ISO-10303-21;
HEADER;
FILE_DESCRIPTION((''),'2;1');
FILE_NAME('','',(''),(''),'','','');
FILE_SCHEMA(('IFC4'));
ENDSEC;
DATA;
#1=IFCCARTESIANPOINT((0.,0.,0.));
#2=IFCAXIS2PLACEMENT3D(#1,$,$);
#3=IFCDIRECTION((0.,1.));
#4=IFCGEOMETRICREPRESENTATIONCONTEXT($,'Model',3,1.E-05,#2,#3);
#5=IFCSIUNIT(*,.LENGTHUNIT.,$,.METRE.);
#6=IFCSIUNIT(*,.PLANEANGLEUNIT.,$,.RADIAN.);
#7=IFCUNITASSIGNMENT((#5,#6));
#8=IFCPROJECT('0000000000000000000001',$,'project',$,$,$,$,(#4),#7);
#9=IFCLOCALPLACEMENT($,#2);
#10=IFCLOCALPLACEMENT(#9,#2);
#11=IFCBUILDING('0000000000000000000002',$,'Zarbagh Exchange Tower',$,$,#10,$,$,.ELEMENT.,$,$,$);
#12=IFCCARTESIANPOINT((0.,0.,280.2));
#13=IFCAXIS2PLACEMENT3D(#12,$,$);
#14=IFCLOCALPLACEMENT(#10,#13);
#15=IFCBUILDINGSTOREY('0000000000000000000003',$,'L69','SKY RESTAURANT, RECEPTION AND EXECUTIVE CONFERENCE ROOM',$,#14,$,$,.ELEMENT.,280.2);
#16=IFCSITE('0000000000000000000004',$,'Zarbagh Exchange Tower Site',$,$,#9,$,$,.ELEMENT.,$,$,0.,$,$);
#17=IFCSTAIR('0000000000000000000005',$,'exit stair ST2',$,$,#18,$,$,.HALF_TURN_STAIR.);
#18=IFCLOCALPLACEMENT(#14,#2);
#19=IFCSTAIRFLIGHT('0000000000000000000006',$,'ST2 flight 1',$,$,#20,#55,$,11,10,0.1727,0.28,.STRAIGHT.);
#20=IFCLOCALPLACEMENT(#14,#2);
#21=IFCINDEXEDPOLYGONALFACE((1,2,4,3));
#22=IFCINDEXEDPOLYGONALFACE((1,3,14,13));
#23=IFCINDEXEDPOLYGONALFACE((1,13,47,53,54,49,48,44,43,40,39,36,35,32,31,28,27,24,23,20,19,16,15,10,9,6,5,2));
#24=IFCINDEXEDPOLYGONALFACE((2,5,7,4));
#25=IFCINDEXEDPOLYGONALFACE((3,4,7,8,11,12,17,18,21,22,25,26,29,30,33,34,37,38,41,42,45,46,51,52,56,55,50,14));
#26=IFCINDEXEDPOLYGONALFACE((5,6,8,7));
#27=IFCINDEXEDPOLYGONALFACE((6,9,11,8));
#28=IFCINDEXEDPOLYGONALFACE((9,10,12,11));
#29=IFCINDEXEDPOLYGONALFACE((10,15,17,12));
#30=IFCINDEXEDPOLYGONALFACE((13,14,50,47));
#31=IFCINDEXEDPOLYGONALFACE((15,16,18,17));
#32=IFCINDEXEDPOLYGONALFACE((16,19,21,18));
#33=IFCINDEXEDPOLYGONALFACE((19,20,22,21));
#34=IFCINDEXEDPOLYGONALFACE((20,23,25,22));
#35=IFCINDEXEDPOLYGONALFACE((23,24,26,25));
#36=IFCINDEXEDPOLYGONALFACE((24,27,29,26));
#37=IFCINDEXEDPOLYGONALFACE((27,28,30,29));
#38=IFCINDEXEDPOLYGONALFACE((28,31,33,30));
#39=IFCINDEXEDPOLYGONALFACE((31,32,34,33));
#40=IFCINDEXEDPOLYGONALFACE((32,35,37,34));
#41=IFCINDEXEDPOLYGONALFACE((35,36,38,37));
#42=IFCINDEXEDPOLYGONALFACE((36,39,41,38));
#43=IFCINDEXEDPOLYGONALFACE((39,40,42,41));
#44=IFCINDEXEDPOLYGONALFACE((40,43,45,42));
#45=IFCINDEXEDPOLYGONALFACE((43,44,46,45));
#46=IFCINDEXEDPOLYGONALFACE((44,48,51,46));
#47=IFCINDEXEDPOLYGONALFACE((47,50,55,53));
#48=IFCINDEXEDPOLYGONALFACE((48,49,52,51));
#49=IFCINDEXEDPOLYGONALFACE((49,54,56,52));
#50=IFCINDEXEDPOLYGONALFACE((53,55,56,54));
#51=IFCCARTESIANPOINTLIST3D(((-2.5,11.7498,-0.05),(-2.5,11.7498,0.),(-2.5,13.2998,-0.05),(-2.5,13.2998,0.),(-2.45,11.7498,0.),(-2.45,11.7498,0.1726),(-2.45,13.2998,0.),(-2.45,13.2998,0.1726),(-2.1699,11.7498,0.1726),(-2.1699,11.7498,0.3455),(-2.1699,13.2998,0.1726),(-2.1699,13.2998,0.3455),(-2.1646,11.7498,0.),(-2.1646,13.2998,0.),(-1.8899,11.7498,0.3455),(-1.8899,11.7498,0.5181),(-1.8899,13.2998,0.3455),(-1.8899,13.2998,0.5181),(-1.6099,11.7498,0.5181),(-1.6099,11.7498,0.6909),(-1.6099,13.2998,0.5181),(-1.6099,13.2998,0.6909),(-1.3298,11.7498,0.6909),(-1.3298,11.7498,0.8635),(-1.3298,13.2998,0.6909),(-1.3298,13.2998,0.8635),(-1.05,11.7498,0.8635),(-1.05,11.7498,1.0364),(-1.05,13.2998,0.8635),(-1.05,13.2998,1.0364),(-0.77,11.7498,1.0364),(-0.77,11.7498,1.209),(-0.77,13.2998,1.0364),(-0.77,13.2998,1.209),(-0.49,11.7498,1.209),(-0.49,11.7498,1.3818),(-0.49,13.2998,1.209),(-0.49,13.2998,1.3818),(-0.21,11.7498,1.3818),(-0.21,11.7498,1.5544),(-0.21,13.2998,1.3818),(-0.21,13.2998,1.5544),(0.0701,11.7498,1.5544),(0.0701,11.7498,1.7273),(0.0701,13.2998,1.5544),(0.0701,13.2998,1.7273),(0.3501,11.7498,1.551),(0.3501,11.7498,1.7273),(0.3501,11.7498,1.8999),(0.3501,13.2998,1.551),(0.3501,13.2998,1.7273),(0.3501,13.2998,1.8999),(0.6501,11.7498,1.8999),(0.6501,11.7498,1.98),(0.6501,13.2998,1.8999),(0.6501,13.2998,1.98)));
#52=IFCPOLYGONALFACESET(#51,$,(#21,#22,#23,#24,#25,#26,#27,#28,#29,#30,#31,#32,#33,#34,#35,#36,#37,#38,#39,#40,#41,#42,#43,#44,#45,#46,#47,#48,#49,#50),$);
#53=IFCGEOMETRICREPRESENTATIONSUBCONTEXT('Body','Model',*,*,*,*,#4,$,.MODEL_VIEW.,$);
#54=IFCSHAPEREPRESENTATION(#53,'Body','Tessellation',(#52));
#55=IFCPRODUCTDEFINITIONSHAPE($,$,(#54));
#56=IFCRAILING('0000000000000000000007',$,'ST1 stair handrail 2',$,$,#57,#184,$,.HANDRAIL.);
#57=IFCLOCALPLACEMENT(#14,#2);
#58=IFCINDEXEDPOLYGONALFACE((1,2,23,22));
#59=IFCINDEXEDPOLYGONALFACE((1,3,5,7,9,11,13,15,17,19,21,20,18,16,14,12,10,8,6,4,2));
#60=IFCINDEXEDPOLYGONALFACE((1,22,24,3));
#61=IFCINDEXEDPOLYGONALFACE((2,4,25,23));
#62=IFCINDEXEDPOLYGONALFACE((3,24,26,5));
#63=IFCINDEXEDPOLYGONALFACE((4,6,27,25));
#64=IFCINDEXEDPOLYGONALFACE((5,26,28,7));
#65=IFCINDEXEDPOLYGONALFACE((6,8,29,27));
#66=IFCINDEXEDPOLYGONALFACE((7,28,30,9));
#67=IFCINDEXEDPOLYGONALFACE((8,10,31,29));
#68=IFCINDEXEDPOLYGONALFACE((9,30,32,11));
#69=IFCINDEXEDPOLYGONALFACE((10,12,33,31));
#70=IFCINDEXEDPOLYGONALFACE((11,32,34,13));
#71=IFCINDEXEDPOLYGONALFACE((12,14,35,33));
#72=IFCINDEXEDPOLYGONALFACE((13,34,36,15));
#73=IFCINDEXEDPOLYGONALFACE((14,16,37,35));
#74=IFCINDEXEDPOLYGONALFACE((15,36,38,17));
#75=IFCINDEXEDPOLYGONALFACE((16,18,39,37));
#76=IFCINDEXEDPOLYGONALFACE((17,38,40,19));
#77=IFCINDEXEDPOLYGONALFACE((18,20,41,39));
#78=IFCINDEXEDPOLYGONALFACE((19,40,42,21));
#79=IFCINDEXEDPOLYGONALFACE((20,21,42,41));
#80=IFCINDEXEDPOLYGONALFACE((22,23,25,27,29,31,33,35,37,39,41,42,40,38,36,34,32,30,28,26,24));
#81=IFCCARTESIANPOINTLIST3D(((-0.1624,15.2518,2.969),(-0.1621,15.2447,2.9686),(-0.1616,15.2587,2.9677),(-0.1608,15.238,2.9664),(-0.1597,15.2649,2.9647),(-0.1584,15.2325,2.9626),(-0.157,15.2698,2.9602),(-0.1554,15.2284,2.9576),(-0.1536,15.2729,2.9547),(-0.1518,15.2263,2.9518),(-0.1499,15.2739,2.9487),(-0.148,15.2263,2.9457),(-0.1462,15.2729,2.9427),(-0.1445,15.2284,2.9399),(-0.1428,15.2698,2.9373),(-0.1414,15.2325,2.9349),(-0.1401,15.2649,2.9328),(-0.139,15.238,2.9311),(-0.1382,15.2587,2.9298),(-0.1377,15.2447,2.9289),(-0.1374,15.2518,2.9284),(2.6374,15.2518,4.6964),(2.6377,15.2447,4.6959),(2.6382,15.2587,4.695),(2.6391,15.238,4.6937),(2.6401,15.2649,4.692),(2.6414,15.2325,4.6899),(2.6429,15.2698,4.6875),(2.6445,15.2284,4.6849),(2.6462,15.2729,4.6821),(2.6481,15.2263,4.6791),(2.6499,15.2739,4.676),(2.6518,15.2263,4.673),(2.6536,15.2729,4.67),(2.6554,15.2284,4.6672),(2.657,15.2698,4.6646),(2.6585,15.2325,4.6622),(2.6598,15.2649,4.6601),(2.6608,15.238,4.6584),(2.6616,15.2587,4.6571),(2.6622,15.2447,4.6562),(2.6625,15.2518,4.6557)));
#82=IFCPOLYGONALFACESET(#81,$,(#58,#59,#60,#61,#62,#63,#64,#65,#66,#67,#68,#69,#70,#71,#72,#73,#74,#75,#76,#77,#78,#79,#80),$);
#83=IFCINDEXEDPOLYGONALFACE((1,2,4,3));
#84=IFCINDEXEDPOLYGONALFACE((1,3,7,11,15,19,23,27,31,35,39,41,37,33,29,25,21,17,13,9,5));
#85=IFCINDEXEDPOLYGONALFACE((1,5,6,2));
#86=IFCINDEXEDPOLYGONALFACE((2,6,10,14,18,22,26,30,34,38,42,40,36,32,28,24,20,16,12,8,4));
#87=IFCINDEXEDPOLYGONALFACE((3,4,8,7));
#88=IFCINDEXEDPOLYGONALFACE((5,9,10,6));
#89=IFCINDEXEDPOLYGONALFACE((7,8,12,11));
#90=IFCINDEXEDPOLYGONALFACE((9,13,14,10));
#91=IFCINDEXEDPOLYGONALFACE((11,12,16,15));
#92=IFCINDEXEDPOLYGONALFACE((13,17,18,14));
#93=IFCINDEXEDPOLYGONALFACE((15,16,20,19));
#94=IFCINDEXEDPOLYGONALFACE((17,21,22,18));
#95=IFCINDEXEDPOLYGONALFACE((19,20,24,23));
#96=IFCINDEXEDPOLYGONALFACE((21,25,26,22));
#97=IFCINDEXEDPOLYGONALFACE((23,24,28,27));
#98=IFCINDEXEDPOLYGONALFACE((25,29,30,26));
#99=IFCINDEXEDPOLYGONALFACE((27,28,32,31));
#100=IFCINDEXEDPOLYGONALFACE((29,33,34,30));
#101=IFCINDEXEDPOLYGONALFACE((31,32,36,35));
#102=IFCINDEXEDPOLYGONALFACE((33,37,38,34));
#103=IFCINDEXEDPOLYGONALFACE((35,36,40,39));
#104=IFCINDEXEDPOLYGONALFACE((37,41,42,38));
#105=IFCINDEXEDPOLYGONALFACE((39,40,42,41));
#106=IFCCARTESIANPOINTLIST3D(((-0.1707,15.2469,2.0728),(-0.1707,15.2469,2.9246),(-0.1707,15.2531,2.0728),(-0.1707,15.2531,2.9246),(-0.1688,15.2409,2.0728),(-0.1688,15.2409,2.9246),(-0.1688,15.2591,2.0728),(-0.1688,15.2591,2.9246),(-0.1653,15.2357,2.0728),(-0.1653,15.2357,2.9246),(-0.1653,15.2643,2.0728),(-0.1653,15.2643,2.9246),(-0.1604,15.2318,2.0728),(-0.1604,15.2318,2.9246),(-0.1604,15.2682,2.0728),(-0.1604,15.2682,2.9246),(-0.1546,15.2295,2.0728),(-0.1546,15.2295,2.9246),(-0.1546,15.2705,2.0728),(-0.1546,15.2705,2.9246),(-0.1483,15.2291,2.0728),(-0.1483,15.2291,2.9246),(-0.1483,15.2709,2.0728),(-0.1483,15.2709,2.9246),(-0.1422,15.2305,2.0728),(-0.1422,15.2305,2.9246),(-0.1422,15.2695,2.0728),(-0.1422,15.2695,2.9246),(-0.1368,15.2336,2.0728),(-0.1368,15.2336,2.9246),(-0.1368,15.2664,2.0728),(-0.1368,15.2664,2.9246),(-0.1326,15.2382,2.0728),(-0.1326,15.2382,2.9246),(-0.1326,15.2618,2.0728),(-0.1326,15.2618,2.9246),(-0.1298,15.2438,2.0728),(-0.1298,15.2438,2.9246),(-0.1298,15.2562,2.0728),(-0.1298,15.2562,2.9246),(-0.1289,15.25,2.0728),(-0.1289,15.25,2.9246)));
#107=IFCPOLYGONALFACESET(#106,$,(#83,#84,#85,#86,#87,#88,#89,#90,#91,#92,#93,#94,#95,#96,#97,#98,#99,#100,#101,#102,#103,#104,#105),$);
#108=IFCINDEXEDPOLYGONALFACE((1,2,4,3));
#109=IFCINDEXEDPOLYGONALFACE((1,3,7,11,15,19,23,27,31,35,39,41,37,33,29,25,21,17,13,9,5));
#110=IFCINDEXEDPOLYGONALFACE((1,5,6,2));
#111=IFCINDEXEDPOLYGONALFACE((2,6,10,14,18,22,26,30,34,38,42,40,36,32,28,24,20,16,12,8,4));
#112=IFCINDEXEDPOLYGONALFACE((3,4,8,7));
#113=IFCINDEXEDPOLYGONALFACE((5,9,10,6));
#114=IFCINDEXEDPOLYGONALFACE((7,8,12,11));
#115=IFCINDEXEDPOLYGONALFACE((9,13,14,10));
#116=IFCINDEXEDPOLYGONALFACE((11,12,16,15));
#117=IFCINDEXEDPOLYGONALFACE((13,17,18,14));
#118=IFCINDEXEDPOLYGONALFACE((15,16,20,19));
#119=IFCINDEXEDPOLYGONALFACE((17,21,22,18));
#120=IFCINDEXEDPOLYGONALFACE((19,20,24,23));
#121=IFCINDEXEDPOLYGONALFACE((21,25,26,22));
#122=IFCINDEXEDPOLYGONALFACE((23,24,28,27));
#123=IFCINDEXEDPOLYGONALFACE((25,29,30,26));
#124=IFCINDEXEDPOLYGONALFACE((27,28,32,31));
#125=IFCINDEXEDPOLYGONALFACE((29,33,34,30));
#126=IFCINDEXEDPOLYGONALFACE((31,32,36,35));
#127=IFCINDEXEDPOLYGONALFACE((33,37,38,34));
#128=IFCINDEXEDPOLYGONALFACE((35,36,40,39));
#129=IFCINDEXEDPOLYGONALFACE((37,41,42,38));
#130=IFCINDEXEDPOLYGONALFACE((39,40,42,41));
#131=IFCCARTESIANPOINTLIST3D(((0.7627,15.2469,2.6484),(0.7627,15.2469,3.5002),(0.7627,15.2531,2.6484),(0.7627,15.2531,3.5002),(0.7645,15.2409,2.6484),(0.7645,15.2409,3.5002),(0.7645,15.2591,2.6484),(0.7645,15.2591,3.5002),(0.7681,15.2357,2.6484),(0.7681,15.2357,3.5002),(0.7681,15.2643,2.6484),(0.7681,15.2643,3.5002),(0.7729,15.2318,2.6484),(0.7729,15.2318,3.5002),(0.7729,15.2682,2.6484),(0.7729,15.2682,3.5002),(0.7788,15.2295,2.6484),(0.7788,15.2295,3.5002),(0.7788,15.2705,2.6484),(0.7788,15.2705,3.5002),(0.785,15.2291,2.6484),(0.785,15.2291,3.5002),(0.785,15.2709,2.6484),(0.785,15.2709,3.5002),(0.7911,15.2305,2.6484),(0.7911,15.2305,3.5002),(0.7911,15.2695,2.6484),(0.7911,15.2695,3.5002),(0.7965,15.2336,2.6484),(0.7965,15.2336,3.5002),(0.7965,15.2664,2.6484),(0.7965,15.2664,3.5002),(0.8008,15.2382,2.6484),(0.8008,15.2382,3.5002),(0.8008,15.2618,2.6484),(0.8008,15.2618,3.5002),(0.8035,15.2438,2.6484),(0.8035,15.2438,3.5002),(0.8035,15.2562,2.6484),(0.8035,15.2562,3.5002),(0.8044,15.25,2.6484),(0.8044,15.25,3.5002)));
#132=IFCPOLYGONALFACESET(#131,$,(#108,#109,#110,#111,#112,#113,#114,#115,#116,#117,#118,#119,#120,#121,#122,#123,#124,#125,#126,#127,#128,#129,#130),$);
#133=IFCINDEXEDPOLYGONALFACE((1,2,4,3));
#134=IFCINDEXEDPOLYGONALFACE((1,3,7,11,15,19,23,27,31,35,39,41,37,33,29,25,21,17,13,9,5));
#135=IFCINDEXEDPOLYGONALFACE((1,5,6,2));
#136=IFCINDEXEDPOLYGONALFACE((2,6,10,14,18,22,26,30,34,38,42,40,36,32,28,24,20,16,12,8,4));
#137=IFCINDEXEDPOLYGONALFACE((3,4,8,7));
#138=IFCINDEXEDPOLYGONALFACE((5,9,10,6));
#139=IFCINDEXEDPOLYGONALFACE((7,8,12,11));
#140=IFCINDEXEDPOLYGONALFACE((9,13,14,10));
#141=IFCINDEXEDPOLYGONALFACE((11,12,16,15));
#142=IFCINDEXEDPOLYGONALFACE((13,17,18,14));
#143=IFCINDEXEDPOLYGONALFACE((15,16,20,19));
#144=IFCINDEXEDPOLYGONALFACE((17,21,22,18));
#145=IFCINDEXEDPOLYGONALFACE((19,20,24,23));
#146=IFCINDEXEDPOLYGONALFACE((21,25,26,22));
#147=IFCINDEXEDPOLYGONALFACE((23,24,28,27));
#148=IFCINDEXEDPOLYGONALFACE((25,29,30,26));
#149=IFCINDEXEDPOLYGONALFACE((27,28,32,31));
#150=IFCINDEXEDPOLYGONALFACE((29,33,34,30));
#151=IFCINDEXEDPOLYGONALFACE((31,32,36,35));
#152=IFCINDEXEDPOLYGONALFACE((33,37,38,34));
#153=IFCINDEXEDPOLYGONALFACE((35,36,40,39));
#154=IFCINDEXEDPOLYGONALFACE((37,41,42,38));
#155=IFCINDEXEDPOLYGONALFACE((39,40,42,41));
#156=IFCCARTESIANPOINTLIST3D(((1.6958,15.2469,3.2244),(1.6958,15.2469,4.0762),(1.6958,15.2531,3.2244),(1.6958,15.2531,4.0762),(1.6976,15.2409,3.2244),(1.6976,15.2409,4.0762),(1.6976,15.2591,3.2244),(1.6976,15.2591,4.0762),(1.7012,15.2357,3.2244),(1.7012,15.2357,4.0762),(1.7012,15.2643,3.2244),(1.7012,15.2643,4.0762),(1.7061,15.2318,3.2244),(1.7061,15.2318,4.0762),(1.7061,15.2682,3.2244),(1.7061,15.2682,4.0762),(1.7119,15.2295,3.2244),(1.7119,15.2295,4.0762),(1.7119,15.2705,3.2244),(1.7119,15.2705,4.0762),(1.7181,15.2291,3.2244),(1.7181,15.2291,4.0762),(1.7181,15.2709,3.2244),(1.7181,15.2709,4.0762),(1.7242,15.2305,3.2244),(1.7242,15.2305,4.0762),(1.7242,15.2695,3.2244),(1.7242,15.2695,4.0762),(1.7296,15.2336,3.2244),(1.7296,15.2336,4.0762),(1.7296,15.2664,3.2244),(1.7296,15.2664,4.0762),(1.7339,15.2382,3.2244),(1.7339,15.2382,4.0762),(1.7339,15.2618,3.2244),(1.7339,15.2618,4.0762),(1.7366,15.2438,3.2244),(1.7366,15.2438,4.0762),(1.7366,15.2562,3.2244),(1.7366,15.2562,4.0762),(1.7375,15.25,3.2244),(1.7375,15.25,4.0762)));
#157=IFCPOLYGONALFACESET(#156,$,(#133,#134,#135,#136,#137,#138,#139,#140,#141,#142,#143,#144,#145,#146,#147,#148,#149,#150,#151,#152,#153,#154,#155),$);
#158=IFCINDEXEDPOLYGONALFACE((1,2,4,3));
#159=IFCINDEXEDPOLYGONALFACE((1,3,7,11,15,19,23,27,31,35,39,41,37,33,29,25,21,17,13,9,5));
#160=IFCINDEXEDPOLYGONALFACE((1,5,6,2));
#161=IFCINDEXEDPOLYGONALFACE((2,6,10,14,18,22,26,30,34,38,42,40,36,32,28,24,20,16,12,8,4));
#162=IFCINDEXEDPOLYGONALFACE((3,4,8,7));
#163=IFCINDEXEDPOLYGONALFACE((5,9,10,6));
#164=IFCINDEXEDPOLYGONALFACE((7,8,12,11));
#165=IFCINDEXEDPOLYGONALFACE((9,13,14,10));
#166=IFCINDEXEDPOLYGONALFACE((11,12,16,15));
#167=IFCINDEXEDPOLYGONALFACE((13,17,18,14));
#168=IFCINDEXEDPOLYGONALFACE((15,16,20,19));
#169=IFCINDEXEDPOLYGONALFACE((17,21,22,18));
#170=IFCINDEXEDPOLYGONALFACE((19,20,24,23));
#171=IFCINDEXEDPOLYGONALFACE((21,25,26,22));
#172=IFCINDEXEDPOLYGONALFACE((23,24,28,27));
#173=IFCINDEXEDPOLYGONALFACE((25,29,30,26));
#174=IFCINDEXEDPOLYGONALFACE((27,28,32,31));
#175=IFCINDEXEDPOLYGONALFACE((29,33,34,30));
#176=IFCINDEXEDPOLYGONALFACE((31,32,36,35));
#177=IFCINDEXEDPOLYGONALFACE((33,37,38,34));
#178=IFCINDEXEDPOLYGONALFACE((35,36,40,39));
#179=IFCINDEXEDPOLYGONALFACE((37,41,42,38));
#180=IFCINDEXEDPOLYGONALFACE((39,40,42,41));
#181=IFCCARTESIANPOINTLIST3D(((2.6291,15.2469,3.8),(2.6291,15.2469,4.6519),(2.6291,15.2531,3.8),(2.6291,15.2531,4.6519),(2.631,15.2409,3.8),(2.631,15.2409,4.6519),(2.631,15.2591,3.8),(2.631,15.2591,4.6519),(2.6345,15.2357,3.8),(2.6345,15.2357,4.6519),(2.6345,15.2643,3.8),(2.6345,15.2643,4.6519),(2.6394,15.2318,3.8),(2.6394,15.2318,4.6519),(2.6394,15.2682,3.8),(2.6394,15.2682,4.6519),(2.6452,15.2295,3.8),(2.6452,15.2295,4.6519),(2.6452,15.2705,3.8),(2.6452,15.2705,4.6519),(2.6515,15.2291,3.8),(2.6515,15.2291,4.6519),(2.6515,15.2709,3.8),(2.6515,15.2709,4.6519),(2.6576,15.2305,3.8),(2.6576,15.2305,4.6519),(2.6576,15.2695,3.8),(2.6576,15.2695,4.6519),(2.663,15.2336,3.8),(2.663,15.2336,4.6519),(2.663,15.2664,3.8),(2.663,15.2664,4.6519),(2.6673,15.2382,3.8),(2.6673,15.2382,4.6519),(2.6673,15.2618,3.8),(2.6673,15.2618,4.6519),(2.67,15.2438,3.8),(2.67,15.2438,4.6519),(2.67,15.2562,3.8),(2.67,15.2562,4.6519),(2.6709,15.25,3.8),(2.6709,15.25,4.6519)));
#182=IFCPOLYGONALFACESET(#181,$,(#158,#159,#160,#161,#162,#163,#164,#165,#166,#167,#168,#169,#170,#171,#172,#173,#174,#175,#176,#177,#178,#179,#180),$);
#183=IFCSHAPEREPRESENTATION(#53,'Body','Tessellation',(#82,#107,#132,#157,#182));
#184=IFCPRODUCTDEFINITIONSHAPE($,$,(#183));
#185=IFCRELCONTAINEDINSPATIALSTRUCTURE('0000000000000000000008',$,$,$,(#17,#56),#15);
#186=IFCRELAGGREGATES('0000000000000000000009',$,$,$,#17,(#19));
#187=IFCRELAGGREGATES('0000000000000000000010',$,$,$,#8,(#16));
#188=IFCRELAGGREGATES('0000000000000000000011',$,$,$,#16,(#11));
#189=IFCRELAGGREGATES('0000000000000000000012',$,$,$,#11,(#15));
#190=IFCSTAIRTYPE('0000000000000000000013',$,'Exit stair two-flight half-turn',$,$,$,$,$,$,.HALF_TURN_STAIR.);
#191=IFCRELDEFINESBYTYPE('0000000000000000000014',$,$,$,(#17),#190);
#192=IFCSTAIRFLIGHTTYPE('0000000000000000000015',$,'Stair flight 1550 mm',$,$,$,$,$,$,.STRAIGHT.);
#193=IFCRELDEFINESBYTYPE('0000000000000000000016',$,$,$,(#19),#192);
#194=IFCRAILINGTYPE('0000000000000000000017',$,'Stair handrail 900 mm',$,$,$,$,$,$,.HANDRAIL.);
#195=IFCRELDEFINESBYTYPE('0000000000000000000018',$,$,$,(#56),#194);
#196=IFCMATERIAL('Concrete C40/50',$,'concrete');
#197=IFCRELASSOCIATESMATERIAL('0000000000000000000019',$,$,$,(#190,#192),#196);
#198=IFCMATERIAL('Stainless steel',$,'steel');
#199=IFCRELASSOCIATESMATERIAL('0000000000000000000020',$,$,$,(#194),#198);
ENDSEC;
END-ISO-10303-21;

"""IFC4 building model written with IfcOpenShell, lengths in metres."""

from ifc_helpers import new_model, si_unit, direction, frame, origin, origin_2d, place, context, subcontext, project, spatial, polyline, circle, outline, extrude, material, type_object, element, aggregate, save


model = new_model("IFC4")

# Units and contexts
model_context = context("Model", 3, precision=1e-05, world=origin(), true_north=direction((0.0, 1.0)))
body_context = subcontext(model_context, "Body", "Model", "MODEL_VIEW")
ifc_project = project(units=[si_unit("LENGTHUNIT", "METRE"), si_unit("PLANEANGLEUNIT", "RADIAN")], contexts=[model_context])

# Site, building, storey
site_placement = place(None, origin())
site = spatial("IfcSite", under=ifc_project, at=site_placement, Name="Zarbagh Exchange Tower Site", CompositionType="ELEMENT", RefElevation=0.0)
building_placement = place(site_placement, origin())
building = spatial("IfcBuilding", under=site, at=building_placement, Name="Zarbagh Exchange Tower", CompositionType="ELEMENT")
storey_placement = place(building_placement, frame((0.0, 0.0, 280.2)))
storey = spatial("IfcBuildingStorey", under=building, at=storey_placement, Name="L69", Description="SKY RESTAURANT, RECEPTION AND EXECUTIVE CONFERENCE ROOM", CompositionType="ELEMENT", Elevation=280.2)

# Shared definitions
ifc_material_1 = material(Name="Concrete C40/50", Category="concrete")

# Stair, stair flight
stair_type = type_object("IfcStairType", Name="Exit stair two-flight half-turn", PredefinedType="HALF_TURN_STAIR", material=ifc_material_1)
stair_placement = place(storey_placement, origin())
stair = element("IfcStair", 1, at=stair_placement, inside=storey, type_object=stair_type, Name="exit stair ST2", PredefinedType="HALF_TURN_STAIR")
stair_flight_type = type_object("IfcStairFlightType", Name="Stair flight 1550 mm", PredefinedType="STRAIGHT", material=ifc_material_1)
stair_flight_placement = place(storey_placement, frame((-2.45, 12.5249, 0.0), z_axis=(0.0, 0.0, 1.0), x_axis=(1.0, 0.0, 0.0)))
stair_flight = element("IfcStairFlight", 2, at=stair_flight_placement, type_object=stair_flight_type, Name="ST2 flight 1", NumberOfRisers=11, NumberOfTreads=10, PredefinedType="STRAIGHT", RiserHeight=0.1727, TreadLength=0.28, context=body_context, shape_type="SweptSolid", body=[
    extrude(outline(polyline([(-0.05, -0.05), (-0.05, 0.0), (0.0, 0.0), (0.0, 0.1726), (0.28, 0.1726), (0.28, 0.3455), (0.5601, 0.3455), (0.5601, 0.5181), (0.8401, 0.5181), (0.8401, 0.6909), (1.1201, 0.6909), (1.1201, 0.8635), (1.3999, 0.8635), (1.3999, 1.0364), (1.6799, 1.0364), (1.6799, 1.209), (1.96, 1.209), (1.96, 1.3818), (2.24, 1.3818), (2.24, 1.5544), (2.52, 1.5544), (2.52, 1.7273), (2.8, 1.7273), (2.8, 1.8999), (3.1001, 1.98), (3.1001, 1.8999), (2.8, 1.551), (0.2854, 0.0), (-0.05, -0.05)])), frame((0.0, 0.7749, 0.0), z_axis=(0.0, -1.0, 0.0), x_axis=(1.0, 0.0, 0.0)), (0.0, 0.0, 1.0), 1.55),
])
aggregate(stair, [stair_flight])

# Railing
ifc_material_2 = material(Name="Stainless steel", Category="steel")
railing_type = type_object("IfcRailingType", Name="Stair handrail 900 mm", PredefinedType="HANDRAIL", material=ifc_material_2)
railing_1_placement = place(storey_placement, frame((-0.1499, 15.25, 2.0728)))
element("IfcRailing", 3, at=railing_1_placement, inside=storey, type_object=railing_type, Name="ST1 stair handrail 2", PredefinedType="HANDRAIL", context=body_context, shape_type="SweptSolid", body=[
    extrude(circle(Radius=0.0239, at=origin_2d()), frame((0.0, 0.0, 0.876), z_axis=(0.851069, 0.0, 0.525054), x_axis=(0.0, 1.0, 0.0)), (0.0, 0.0, 1.0), 3.2898),
    extrude(circle(Radius=0.021, at=origin_2d()), origin(), (0.0, 0.0, 1.0), 0.8518),
    extrude(circle(Radius=0.021, at=origin_2d()), frame((0.9333, 0.0, 0.5757)), (0.0, 0.0, 1.0), 0.8518),
    extrude(circle(Radius=0.021, at=origin_2d()), frame((1.8665, 0.0, 1.1516)), (0.0, 0.0, 1.0), 0.8518),
    extrude(circle(Radius=0.021, at=origin_2d()), frame((2.7998, 0.0, 1.7273)), (0.0, 0.0, 1.0), 0.8518),
])

save(model, "model.ifc")
